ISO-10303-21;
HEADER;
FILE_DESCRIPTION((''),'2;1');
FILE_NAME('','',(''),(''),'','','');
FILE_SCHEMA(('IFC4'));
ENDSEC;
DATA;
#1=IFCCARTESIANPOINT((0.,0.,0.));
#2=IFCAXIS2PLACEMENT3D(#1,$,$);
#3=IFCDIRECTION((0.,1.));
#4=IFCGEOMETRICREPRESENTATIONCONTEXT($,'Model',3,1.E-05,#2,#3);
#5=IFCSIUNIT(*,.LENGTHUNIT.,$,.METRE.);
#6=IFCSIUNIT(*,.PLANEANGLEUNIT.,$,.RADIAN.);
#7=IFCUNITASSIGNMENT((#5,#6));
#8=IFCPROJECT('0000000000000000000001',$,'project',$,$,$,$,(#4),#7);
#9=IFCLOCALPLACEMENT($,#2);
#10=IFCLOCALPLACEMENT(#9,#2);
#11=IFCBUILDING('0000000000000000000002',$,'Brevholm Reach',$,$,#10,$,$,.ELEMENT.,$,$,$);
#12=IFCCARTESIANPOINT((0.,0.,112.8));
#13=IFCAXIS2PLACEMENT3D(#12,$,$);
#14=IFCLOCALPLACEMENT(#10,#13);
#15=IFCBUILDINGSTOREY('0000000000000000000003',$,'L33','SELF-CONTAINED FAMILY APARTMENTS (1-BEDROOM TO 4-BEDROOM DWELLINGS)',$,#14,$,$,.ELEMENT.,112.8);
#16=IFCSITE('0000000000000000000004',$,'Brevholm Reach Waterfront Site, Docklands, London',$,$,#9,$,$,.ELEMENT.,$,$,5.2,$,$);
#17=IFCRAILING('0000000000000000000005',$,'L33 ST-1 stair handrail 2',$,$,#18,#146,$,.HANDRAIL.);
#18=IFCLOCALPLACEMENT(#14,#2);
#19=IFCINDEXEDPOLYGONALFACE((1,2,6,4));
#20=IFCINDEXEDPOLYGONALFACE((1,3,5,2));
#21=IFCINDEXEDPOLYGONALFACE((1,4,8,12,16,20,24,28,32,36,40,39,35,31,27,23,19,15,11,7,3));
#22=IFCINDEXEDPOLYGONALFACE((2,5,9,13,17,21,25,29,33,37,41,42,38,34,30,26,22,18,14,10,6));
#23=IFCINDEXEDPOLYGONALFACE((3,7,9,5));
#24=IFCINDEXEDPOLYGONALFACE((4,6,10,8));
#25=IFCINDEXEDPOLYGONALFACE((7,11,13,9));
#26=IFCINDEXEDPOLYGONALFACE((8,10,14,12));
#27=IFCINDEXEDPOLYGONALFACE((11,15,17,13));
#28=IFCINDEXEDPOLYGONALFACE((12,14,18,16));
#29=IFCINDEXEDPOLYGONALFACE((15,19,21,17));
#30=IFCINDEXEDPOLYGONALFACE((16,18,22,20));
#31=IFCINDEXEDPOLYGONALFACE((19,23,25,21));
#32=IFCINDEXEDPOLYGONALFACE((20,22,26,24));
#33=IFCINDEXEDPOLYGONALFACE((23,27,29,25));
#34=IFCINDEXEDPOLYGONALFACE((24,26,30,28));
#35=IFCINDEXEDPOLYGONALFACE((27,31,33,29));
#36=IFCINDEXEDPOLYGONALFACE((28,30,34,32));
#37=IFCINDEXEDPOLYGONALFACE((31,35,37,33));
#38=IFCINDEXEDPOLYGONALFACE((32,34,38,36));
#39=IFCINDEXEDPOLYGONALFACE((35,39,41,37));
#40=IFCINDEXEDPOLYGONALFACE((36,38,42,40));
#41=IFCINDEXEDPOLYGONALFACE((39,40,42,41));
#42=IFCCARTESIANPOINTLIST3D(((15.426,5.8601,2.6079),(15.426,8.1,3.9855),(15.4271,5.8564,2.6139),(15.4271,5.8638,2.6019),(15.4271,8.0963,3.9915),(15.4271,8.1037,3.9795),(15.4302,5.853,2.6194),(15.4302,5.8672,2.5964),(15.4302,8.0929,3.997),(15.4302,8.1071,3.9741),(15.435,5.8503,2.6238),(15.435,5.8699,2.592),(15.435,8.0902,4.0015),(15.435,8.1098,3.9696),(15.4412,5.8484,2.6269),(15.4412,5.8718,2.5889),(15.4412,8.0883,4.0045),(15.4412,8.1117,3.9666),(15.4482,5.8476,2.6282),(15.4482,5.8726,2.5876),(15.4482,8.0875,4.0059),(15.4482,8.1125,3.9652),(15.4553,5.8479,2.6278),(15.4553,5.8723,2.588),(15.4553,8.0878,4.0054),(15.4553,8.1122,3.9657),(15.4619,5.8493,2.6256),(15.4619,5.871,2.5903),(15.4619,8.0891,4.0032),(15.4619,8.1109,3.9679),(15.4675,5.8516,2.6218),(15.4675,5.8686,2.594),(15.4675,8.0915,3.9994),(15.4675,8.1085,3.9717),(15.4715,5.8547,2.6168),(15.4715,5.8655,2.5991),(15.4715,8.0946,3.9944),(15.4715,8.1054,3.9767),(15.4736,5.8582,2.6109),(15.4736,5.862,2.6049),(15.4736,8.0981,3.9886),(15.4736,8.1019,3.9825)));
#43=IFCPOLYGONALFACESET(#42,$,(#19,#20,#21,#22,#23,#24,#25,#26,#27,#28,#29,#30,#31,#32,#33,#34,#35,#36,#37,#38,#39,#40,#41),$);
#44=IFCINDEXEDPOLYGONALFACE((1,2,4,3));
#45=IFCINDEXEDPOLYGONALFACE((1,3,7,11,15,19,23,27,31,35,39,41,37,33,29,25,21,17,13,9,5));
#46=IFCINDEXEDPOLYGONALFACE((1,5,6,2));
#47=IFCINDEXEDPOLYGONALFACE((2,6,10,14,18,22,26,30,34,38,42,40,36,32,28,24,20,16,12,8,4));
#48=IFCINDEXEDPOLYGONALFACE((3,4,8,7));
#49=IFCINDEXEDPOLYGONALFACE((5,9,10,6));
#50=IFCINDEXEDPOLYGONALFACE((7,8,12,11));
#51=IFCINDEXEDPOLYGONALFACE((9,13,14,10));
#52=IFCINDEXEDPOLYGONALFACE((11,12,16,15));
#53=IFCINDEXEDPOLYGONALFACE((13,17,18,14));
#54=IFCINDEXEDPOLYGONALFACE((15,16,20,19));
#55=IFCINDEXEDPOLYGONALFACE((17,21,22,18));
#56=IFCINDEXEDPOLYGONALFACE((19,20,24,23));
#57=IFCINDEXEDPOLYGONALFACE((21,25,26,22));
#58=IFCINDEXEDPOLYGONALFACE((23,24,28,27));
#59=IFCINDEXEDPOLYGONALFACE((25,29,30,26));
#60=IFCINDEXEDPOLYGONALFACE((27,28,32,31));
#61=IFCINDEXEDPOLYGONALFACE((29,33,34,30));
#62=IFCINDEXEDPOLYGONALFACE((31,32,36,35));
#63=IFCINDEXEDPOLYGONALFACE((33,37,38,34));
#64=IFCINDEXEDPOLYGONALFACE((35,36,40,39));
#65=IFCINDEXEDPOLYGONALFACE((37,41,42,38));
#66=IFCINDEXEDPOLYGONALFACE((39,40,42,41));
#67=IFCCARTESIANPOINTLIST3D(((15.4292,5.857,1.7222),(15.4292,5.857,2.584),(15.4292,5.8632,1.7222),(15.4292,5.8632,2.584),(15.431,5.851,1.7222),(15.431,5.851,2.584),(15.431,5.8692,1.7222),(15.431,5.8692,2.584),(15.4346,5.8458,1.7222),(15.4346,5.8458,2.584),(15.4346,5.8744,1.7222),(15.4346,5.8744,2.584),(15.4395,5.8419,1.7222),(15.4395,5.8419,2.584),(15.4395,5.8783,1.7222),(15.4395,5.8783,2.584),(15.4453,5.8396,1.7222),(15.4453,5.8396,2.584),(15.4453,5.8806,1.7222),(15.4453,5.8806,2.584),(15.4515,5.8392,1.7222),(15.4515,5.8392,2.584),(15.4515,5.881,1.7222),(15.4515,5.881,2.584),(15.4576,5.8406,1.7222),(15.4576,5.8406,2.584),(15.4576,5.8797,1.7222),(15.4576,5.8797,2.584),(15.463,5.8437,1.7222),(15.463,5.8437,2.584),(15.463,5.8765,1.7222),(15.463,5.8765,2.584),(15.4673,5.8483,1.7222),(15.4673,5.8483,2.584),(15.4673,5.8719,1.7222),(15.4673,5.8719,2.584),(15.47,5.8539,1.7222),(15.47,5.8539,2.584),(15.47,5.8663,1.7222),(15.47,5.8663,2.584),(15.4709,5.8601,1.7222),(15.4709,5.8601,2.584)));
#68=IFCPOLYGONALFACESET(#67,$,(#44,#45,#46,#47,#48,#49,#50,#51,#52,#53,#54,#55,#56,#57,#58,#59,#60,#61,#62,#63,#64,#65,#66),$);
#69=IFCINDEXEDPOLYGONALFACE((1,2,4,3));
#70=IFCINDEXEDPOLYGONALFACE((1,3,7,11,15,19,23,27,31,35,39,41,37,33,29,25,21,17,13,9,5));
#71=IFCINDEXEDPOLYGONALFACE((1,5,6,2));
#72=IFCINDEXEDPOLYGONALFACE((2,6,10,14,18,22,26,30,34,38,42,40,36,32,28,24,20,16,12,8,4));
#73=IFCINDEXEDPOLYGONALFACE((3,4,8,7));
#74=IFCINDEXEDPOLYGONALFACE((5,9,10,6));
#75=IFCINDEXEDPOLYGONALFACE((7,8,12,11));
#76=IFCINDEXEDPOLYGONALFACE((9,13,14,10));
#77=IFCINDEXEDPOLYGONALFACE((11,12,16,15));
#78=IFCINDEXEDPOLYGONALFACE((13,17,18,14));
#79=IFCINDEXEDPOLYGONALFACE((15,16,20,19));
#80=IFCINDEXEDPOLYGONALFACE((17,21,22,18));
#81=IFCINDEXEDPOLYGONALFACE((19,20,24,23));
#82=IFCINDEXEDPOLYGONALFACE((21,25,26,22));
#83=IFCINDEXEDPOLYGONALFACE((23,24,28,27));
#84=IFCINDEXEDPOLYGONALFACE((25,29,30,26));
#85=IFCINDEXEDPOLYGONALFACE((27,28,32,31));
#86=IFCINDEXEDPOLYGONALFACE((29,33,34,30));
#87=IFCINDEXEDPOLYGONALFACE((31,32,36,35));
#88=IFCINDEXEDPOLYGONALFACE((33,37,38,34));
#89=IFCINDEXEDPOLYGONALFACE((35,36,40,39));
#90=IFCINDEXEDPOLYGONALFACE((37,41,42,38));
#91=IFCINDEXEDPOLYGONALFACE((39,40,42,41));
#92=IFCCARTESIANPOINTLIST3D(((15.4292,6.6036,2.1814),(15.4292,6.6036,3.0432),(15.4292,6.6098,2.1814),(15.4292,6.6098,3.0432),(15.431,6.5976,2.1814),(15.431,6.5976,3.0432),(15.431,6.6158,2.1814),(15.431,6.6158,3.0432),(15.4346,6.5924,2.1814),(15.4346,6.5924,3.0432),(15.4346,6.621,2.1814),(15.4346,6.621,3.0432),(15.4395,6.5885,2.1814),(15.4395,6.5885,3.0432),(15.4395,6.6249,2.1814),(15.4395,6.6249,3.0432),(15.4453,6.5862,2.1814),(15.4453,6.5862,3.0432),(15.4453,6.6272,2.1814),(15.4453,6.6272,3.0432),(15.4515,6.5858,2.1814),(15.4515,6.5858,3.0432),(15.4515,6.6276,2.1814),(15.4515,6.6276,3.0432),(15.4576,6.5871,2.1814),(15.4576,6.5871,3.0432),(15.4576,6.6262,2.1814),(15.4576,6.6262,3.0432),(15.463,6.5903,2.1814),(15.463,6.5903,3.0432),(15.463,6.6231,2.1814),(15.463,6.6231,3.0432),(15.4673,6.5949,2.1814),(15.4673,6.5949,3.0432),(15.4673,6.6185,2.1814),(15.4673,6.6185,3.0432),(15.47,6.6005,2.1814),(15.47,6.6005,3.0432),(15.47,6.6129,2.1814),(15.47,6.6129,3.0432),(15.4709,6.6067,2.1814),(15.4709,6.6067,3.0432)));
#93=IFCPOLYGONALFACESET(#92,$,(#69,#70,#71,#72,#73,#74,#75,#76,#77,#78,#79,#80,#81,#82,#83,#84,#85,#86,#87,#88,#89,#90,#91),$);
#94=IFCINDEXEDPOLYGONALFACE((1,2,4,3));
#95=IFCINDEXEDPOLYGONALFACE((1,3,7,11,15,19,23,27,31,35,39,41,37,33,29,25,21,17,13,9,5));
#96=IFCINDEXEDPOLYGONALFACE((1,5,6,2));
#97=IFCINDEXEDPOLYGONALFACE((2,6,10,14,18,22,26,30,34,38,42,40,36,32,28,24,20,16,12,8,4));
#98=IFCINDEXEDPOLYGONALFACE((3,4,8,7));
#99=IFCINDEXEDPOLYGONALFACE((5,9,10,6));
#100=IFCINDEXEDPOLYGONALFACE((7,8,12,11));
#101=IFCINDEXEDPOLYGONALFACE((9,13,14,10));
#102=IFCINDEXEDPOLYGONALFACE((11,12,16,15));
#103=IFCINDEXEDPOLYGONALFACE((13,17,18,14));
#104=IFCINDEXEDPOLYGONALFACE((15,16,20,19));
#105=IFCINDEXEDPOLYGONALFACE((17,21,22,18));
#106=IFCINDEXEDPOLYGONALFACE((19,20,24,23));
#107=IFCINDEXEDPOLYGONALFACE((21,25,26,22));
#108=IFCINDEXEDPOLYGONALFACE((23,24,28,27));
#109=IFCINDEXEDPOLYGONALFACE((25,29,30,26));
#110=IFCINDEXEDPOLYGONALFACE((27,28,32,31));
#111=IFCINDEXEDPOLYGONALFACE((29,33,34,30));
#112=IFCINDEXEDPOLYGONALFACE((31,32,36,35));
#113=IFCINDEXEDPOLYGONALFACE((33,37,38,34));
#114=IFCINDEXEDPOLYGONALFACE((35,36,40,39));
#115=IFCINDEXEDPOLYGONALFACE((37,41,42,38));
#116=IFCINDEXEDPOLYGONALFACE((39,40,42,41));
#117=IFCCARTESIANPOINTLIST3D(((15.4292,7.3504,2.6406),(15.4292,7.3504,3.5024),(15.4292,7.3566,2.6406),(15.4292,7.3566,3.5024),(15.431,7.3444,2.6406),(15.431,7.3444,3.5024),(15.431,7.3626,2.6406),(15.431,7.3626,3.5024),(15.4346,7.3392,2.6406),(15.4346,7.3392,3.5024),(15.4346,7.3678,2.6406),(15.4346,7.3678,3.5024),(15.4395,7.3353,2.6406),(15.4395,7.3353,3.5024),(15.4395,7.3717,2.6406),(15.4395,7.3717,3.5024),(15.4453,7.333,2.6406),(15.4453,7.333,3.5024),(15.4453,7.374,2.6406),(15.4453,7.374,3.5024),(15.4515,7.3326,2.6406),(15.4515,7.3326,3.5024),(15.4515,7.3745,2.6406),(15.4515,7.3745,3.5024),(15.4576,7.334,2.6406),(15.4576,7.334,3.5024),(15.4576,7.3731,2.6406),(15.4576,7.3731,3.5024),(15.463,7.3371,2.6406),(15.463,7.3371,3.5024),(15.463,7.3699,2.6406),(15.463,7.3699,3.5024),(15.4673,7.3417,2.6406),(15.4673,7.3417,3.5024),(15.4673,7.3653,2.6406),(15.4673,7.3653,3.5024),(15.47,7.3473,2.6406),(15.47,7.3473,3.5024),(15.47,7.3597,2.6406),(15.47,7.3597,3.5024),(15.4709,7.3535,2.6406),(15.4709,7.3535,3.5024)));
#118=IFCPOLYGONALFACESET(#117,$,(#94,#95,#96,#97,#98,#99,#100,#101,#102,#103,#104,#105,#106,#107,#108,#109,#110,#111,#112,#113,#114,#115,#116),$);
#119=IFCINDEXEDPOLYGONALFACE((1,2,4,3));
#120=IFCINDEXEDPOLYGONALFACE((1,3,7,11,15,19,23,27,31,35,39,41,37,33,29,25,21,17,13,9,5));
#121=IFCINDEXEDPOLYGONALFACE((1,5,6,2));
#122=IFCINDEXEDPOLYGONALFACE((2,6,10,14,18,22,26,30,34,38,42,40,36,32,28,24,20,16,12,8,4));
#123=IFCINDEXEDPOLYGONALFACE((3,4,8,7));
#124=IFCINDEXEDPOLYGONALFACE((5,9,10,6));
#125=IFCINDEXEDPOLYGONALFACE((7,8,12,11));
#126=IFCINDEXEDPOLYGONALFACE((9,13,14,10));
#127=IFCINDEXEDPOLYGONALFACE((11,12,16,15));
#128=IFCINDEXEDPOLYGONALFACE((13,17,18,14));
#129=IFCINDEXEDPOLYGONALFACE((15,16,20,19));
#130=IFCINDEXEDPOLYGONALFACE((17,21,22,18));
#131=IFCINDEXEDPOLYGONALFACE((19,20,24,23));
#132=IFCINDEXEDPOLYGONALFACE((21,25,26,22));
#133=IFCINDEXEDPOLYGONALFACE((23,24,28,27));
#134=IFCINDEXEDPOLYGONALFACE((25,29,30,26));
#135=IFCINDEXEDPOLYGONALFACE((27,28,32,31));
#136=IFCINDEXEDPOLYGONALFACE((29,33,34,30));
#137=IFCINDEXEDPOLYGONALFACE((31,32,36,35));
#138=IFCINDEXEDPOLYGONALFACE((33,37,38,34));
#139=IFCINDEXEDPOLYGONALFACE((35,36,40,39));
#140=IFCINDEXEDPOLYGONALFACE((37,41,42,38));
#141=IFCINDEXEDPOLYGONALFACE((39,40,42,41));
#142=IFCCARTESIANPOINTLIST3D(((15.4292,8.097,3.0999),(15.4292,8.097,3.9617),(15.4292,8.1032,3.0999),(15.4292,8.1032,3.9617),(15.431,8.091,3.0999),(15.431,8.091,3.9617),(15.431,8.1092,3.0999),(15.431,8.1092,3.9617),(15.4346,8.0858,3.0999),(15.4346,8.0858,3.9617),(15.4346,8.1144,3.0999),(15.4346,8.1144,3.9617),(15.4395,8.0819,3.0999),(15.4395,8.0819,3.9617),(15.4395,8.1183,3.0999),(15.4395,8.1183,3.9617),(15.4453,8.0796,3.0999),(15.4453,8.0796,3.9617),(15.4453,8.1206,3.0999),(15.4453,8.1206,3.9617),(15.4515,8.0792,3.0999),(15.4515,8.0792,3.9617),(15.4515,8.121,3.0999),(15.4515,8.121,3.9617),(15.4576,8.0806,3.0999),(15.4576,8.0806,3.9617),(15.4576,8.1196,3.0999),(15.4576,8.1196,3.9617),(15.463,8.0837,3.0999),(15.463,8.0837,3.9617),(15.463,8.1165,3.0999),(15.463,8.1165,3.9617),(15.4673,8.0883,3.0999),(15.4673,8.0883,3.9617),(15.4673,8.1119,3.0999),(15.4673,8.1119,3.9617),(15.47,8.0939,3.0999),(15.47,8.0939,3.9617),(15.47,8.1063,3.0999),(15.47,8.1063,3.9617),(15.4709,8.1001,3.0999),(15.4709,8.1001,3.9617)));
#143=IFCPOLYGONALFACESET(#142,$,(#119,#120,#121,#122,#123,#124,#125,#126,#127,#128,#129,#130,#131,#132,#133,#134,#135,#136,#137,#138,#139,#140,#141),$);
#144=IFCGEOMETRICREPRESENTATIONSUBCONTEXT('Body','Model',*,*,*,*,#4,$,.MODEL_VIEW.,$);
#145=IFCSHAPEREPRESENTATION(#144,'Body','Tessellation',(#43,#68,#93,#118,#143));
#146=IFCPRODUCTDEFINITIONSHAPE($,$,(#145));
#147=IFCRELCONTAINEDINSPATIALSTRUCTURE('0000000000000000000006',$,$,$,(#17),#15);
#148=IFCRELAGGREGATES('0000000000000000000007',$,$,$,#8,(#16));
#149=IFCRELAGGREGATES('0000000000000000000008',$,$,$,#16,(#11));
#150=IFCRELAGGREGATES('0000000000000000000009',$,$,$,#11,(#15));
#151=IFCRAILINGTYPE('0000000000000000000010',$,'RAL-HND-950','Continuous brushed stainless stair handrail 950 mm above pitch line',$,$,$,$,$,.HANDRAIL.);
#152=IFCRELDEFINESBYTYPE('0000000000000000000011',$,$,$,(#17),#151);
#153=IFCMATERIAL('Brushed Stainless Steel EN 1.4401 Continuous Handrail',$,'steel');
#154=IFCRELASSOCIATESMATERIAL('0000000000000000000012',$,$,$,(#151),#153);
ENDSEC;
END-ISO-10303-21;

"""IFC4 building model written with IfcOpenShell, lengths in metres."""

from ifc_helpers import new_model, si_unit, direction, frame, origin, origin_2d, place, context, subcontext, project, spatial, circle, extrude, material, type_object, element, save


model = new_model("IFC4")

# Units and contexts
model_context = context("Model", 3, precision=1e-05, world=origin(), true_north=direction((0.0, 1.0)))
body_context = subcontext(model_context, "Body", "Model", "MODEL_VIEW")
ifc_project = project(units=[si_unit("LENGTHUNIT", "METRE"), si_unit("PLANEANGLEUNIT", "RADIAN")], contexts=[model_context])

# Site, building, storey
site_placement = place(None, origin())
site = spatial("IfcSite", under=ifc_project, at=site_placement, Name="Brevholm Reach Waterfront Site, Docklands, London", CompositionType="ELEMENT", RefElevation=5.2)
building_placement = place(site_placement, origin())
building = spatial("IfcBuilding", under=site, at=building_placement, Name="Brevholm Reach", CompositionType="ELEMENT")
storey_placement = place(building_placement, frame((0.0, 0.0, 112.8)))
storey = spatial("IfcBuildingStorey", under=building, at=storey_placement, Name="L33", Description="SELF-CONTAINED FAMILY APARTMENTS (1-BEDROOM TO 4-BEDROOM DWELLINGS)", CompositionType="ELEMENT", Elevation=112.8)

# Railing
ifc_material_1 = material(Name="Brushed Stainless Steel EN 1.4401 Continuous Handrail", Category="steel")
railing_type_1 = type_object("IfcRailingType", Name="RAL-HND-950", Description="Continuous brushed stainless stair handrail 950 mm above pitch line", PredefinedType="HANDRAIL", material=ifc_material_1)
railing_1_placement = place(storey_placement, frame((15.45, 5.8601, 1.7222)))
element("IfcRailing", 1, at=railing_1_placement, inside=storey, type_object=railing_type_1, Name="L33 ST-1 stair handrail 2", PredefinedType="HANDRAIL", context=body_context, shape_type="SweptSolid", body=[
    extrude(circle(Radius=0.0239, at=origin_2d()), frame((0.0, 0.0, 0.8857), z_axis=(0.0, 0.851789, 0.523885), x_axis=(-1.0, 0.0, 0.0)), (0.0, 0.0, 1.0), 2.6296),
    extrude(circle(Radius=0.021, at=origin_2d()), origin(), (0.0, 0.0, 1.0), 0.8618),
    extrude(circle(Radius=0.021, at=origin_2d()), frame((0.0, 0.7466, 0.4592)), (0.0, 0.0, 1.0), 0.8618),
    extrude(circle(Radius=0.021, at=origin_2d()), frame((0.0, 1.4934, 0.9185)), (0.0, 0.0, 1.0), 0.8618),
    extrude(circle(Radius=0.021, at=origin_2d()), frame((0.0, 2.24, 1.3777)), (0.0, 0.0, 1.0), 0.8618),
])

save(model, "model.ifc")
